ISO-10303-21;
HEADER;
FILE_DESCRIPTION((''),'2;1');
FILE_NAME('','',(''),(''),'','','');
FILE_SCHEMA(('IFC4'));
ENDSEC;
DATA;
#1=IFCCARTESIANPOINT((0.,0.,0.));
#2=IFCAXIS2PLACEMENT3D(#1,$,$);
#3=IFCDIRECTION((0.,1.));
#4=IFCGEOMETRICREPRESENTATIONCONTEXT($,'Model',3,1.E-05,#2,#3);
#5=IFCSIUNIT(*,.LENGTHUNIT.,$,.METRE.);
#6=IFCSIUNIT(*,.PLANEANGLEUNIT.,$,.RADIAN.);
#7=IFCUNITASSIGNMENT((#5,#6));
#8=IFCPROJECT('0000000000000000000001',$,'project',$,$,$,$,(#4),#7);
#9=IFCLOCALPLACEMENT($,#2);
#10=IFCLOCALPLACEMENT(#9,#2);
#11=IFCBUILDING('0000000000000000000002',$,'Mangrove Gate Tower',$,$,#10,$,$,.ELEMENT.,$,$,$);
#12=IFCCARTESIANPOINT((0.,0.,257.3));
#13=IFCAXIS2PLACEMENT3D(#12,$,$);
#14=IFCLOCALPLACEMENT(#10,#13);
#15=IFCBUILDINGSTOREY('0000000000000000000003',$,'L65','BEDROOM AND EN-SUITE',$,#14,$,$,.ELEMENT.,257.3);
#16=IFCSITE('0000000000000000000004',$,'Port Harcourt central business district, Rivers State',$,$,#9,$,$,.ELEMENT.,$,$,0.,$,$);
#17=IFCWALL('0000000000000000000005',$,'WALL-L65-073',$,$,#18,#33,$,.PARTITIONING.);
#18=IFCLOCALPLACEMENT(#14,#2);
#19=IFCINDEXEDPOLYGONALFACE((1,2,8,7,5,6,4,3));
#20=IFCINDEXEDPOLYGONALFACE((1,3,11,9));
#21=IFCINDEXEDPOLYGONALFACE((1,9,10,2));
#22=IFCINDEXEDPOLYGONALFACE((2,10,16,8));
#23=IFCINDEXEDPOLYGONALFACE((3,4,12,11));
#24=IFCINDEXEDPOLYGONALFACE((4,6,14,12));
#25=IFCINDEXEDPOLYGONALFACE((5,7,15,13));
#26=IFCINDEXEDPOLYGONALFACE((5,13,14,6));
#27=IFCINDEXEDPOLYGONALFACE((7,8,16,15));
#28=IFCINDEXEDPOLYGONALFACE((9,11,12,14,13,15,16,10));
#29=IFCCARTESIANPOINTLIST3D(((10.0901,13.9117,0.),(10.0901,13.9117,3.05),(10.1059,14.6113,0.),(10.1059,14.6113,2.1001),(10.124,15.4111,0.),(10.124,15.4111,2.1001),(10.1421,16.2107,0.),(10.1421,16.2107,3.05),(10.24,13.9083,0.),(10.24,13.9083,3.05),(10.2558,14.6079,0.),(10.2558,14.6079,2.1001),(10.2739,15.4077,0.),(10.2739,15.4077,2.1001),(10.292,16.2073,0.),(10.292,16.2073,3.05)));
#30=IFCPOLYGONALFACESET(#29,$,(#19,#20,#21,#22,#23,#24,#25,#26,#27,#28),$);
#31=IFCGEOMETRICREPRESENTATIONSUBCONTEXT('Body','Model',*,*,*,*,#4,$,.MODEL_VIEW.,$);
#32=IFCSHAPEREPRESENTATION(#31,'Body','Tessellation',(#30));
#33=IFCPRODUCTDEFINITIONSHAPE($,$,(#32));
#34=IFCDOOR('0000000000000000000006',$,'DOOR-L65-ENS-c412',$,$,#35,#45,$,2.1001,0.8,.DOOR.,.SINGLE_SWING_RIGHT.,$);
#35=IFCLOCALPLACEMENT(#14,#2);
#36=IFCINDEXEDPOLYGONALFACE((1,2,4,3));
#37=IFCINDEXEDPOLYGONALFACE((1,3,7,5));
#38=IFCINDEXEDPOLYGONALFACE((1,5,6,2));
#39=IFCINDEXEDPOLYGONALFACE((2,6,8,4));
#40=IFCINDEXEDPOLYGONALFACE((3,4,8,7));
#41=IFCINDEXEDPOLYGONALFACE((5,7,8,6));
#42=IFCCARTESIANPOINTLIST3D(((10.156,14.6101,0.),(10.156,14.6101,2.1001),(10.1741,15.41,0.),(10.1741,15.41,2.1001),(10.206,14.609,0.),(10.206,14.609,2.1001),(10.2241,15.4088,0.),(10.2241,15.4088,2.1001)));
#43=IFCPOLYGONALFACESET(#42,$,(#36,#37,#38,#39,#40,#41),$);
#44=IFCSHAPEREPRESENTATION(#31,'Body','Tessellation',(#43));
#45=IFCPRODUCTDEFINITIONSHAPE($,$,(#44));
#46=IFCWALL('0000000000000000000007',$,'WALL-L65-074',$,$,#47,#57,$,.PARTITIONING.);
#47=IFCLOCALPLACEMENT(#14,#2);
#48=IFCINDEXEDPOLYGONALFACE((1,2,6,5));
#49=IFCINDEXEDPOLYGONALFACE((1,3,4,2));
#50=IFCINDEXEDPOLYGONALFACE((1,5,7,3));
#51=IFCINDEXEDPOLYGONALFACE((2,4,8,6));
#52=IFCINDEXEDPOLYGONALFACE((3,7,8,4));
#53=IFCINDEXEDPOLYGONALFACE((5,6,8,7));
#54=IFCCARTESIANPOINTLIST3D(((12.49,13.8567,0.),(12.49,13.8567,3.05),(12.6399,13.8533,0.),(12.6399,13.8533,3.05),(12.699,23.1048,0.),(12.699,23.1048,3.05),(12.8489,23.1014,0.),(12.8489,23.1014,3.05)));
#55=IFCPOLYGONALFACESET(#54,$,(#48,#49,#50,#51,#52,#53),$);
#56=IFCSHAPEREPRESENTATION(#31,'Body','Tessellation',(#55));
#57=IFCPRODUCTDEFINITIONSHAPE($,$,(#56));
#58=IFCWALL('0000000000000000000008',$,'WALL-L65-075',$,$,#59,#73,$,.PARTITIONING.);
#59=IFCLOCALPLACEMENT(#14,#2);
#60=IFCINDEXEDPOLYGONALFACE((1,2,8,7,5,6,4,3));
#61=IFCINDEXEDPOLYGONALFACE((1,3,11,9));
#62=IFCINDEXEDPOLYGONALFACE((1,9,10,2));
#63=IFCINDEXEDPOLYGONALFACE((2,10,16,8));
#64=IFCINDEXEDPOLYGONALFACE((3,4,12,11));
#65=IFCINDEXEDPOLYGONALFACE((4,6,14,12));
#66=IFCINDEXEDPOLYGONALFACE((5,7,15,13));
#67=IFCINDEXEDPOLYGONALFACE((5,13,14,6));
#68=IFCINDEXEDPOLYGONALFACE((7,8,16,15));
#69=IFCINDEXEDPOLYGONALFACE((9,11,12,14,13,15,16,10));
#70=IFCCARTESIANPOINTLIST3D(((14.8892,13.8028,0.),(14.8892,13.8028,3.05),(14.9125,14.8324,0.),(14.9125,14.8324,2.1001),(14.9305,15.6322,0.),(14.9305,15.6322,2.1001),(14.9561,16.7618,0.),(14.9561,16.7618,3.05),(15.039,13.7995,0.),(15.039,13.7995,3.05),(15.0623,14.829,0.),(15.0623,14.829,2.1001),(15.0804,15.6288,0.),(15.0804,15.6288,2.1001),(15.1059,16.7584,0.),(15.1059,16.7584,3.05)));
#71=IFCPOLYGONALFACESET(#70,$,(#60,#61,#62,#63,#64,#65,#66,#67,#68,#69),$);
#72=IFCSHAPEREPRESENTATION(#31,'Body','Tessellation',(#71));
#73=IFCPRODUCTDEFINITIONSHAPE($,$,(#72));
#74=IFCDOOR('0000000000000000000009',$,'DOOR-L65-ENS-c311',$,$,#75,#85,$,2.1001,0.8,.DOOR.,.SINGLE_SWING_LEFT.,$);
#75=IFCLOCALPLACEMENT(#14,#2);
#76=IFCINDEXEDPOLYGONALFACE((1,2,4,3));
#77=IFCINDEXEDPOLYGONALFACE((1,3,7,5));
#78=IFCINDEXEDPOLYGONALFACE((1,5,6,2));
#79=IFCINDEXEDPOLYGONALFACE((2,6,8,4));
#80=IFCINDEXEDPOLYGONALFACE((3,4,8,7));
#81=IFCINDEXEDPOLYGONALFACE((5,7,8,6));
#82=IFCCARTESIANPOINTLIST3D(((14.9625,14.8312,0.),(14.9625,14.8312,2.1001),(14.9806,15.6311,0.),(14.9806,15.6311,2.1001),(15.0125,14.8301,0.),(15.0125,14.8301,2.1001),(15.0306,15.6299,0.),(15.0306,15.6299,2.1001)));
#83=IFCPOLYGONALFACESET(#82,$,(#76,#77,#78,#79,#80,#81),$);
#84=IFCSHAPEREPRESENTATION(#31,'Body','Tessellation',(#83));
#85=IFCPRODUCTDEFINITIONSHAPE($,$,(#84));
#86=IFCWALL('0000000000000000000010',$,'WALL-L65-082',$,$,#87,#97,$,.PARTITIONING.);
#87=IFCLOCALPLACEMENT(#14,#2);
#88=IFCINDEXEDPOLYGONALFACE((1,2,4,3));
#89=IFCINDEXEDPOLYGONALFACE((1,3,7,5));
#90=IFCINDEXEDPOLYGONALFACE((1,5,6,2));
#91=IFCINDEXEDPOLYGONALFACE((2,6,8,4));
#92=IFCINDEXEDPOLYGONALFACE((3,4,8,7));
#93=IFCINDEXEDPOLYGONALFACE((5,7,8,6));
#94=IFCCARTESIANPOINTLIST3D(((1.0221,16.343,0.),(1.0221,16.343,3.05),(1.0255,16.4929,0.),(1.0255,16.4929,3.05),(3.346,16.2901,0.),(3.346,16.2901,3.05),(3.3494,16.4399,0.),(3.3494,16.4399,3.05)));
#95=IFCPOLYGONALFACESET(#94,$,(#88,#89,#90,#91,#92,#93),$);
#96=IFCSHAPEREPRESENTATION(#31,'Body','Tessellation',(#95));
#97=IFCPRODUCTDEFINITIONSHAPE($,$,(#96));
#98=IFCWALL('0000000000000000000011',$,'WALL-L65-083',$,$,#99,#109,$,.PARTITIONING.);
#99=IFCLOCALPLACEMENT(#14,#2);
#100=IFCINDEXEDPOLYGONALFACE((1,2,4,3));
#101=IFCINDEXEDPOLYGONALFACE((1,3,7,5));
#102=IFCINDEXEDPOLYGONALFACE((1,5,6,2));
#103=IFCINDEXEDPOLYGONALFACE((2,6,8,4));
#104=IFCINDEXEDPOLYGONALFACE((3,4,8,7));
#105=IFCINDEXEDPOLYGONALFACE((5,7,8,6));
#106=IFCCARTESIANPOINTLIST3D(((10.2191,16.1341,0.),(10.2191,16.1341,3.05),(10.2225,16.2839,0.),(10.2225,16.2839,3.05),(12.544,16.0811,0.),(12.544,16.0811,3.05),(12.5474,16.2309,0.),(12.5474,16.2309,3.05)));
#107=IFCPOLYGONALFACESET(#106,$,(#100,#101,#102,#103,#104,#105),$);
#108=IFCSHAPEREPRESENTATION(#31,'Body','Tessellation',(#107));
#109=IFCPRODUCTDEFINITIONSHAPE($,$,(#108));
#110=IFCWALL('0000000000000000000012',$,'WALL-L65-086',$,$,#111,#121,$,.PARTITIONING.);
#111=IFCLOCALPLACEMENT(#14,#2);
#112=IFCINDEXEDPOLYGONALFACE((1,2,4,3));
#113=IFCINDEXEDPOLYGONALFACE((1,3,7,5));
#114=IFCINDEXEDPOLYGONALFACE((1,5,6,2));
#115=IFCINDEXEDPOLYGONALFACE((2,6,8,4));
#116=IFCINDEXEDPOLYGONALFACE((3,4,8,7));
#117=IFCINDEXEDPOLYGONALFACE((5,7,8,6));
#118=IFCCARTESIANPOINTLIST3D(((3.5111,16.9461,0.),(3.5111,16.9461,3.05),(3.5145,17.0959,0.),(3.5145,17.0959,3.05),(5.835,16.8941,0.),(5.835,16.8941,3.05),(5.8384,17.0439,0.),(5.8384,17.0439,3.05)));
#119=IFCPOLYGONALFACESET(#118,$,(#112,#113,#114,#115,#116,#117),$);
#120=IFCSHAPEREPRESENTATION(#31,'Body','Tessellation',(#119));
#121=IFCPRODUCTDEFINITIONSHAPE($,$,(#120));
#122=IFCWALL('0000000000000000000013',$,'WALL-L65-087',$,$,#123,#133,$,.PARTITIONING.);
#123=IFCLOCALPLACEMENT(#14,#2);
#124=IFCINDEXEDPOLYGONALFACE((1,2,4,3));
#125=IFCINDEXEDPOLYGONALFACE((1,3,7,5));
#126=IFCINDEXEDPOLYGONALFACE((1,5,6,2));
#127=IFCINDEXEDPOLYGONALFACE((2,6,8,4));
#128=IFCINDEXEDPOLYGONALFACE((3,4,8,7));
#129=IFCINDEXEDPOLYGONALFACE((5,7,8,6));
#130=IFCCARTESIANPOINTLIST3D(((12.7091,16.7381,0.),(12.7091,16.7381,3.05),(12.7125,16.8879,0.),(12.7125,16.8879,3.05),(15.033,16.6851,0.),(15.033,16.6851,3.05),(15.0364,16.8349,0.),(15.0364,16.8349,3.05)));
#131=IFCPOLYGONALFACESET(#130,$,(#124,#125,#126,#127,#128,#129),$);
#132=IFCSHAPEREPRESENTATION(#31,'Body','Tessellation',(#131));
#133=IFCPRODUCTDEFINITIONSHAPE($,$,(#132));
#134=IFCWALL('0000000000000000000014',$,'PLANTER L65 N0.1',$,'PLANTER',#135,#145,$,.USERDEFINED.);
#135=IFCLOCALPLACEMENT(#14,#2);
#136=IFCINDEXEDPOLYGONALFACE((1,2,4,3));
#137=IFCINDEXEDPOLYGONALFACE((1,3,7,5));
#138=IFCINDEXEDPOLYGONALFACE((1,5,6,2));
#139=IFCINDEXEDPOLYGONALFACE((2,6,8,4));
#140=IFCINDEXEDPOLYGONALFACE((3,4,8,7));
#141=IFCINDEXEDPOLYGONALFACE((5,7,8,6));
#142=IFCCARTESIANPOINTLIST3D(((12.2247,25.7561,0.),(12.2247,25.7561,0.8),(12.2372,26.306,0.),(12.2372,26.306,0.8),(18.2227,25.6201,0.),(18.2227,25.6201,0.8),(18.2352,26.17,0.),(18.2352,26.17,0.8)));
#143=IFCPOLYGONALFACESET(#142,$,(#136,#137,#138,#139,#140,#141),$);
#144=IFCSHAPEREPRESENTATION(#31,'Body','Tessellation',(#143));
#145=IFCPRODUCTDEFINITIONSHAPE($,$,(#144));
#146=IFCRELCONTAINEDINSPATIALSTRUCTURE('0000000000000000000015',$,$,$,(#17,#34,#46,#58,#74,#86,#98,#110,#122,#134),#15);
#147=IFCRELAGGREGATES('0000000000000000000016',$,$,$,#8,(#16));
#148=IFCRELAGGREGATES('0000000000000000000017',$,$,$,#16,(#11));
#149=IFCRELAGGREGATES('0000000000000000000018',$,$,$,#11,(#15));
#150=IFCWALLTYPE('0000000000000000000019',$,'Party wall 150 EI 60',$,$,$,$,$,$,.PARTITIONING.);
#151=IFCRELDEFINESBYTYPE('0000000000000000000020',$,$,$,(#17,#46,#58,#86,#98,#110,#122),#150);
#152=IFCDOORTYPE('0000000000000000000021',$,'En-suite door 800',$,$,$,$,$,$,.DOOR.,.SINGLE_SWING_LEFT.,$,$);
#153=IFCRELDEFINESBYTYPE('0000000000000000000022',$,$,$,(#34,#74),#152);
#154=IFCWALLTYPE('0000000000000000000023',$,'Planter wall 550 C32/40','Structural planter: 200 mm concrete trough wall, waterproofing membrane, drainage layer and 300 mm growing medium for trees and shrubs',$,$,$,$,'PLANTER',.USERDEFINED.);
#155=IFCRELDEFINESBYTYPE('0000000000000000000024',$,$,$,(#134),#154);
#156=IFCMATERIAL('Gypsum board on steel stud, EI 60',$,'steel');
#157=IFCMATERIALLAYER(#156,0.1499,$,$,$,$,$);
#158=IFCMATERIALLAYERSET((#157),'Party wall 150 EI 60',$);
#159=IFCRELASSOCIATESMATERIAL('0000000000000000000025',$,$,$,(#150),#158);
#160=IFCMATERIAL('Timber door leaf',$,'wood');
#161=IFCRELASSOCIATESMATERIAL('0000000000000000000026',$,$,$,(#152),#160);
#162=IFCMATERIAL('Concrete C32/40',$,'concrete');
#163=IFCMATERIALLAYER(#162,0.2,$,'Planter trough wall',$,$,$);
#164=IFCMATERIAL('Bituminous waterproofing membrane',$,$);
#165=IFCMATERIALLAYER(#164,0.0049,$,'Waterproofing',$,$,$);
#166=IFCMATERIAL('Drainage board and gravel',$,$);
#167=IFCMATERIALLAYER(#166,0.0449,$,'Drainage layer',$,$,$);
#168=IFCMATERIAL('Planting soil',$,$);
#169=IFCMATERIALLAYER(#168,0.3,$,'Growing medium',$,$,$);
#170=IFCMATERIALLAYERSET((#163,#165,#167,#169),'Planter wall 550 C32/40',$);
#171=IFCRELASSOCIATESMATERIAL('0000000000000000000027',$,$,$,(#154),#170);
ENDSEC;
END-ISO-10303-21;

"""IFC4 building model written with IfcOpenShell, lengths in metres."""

from ifc_helpers import new_model, si_unit, direction, frame, frame_2d, origin, place, context, subcontext, project, spatial, rectangle, extrude, material, layer, layer_set, type_object, element, fill, save


model = new_model("IFC4")

# Units and contexts
model_context = context("Model", 3, precision=1e-05, world=origin(), true_north=direction((0.0, 1.0)))
body_context = subcontext(model_context, "Body", "Model", "MODEL_VIEW")
ifc_project = project(units=[si_unit("LENGTHUNIT", "METRE"), si_unit("PLANEANGLEUNIT", "RADIAN")], contexts=[model_context])

# Site, building, storey
site_placement = place(None, origin())
site = spatial("IfcSite", under=ifc_project, at=site_placement, Name="Port Harcourt central business district, Rivers State", CompositionType="ELEMENT", RefElevation=0.0)
building_placement = place(site_placement, origin())
building = spatial("IfcBuilding", under=site, at=building_placement, Name="Mangrove Gate Tower", CompositionType="ELEMENT")
storey_placement = place(building_placement, frame((0.0, 0.0, 257.3)))
storey = spatial("IfcBuildingStorey", under=building, at=storey_placement, Name="L65", Description="BEDROOM AND EN-SUITE", CompositionType="ELEMENT", Elevation=257.3)

# Shared definitions
ifc_material_1 = material(Name="Gypsum board on steel stud, EI 60", Category="steel")
ifc_layer_1 = layer(ifc_material_1, 0.1499)
ifc_layer_set_1 = layer_set([ifc_layer_1], Name="Party wall 150 EI 60")
wall_type_1 = type_object("IfcWallType", Name="Party wall 150 EI 60", PredefinedType="PARTITIONING", material=ifc_layer_set_1)
ifc_material_2 = material(Name="Timber door leaf", Category="wood")
door_type = type_object("IfcDoorType", Name="En-suite door 800", OperationType="SINGLE_SWING_LEFT", PredefinedType="DOOR", material=ifc_material_2)

# Wall, opening, door
wall_1_placement = place(storey_placement, frame((10.165, 13.9099, 0.0), z_axis=(0.0, 0.0, 1.0), x_axis=(0.022613, 0.999744, 0.0)))
wall_1 = element("IfcWall", 1, at=wall_1_placement, inside=storey, type_object=wall_type_1, Name="WALL-L65-073", PredefinedType="PARTITIONING", context=body_context, shape_type="SweptSolid", body=[
    extrude(rectangle(XDim=2.2996, YDim=0.1499, at=frame_2d((1.1499, 0.0))), origin(), (0.0, 0.0, 1.0), 3.05),
])
opening_1_placement = place(wall_1_placement, frame((0.7, 0.0, 0.0)))
opening_1 = element("IfcOpeningElement", 2, at=opening_1_placement, cuts=wall_1, PredefinedType="OPENING", context=body_context, shape_type="SweptSolid", body=[
    extrude(rectangle(XDim=0.8, YDim=2.1001, at=frame_2d((0.3999, 1.05))), frame((0.0, 0.085, 0.0), z_axis=(0.0, -1.0, 0.0), x_axis=(1.0, 0.0, 0.0)), (0.0, 0.0, 1.0), 0.1699),
])
door_1_placement = place(opening_1_placement, origin())
door_1 = element("IfcDoor", 3, at=door_1_placement, inside=storey, type_object=door_type, Name="DOOR-L65-ENS-c412", OperationType="SINGLE_SWING_RIGHT", OverallHeight=2.1001, OverallWidth=0.8, PredefinedType="DOOR", context=body_context, shape_type="SweptSolid", body=[
    extrude(rectangle(XDim=0.8, YDim=2.1001, at=frame_2d((0.3999, 1.05))), frame((0.0, 0.0249, 0.0), z_axis=(0.0, -1.0, 0.0), x_axis=(1.0, 0.0, 0.0)), (0.0, 0.0, 1.0), 0.05),
])
fill(opening_1, door_1)

# Wall
wall_2_placement = place(storey_placement, frame((12.5649, 13.855, 0.0), z_axis=(0.0, 0.0, 1.0), x_axis=(0.022592, 0.999745, 0.0)))
element("IfcWall", 4, at=wall_2_placement, inside=storey, type_object=wall_type_1, Name="WALL-L65-074", PredefinedType="PARTITIONING", context=body_context, shape_type="SweptSolid", body=[
    extrude(rectangle(XDim=9.2505, YDim=0.1499, at=frame_2d((4.6252, 0.0))), origin(), (0.0, 0.0, 1.0), 3.05),
])

# Wall, opening, door
wall_3_placement = place(storey_placement, frame((14.9641, 13.801, 0.0), z_axis=(0.0, 0.0, 1.0), x_axis=(0.022601, 0.999745, 0.0)))
wall_3 = element("IfcWall", 5, at=wall_3_placement, inside=storey, type_object=wall_type_1, Name="WALL-L65-075", PredefinedType="PARTITIONING", context=body_context, shape_type="SweptSolid", body=[
    extrude(rectangle(XDim=2.9597, YDim=0.1499, at=frame_2d((1.48, 0.0))), origin(), (0.0, 0.0, 1.0), 3.05),
])
opening_2_placement = place(wall_3_placement, frame((1.03, 0.0, 0.0)))
opening_2 = element("IfcOpeningElement", 6, at=opening_2_placement, cuts=wall_3, PredefinedType="OPENING", context=body_context, shape_type="SweptSolid", body=[
    extrude(rectangle(XDim=0.8, YDim=2.1001, at=frame_2d((0.3999, 1.05))), frame((0.0, 0.085, 0.0), z_axis=(0.0, -1.0, 0.0), x_axis=(1.0, 0.0, 0.0)), (0.0, 0.0, 1.0), 0.1699),
])
door_2_placement = place(opening_2_placement, origin())
door_2 = element("IfcDoor", 7, at=door_2_placement, inside=storey, type_object=door_type, Name="DOOR-L65-ENS-c311", OperationType="SINGLE_SWING_LEFT", OverallHeight=2.1001, OverallWidth=0.8, PredefinedType="DOOR", context=body_context, shape_type="SweptSolid", body=[
    extrude(rectangle(XDim=0.8, YDim=2.1001, at=frame_2d((0.3999, 1.05))), frame((0.0, 0.0249, 0.0), z_axis=(0.0, -1.0, 0.0), x_axis=(1.0, 0.0, 0.0)), (0.0, 0.0, 1.0), 0.05),
])
fill(opening_2, door_2)

# Walls
wall_4_placement = place(storey_placement, frame((1.0239, 16.418, 0.0), z_axis=(0.0, 0.0, 1.0), x_axis=(0.99974, -0.022791, 0.0)))
element("IfcWall", 8, at=wall_4_placement, inside=storey, type_object=wall_type_1, Name="WALL-L65-082", PredefinedType="PARTITIONING", context=body_context, shape_type="SweptSolid", body=[
    extrude(rectangle(XDim=2.3245, YDim=0.1499, at=frame_2d((1.1621, 0.0))), origin(), (0.0, 0.0, 1.0), 3.05),
])
wall_5_placement = place(storey_placement, frame((10.2209, 16.209, 0.0), z_axis=(0.0, 0.0, 1.0), x_axis=(0.99974, -0.022781, 0.0)))
element("IfcWall", 9, at=wall_5_placement, inside=storey, type_object=wall_type_1, Name="WALL-L65-083", PredefinedType="PARTITIONING", context=body_context, shape_type="SweptSolid", body=[
    extrude(rectangle(XDim=2.3254, YDim=0.1499, at=frame_2d((1.1626, 0.0))), origin(), (0.0, 0.0, 1.0), 3.05),
])
for number, where, z_axis, x_axis, name in (
    (10, (3.5129, 17.021, 0.0), (0.0, 0.0, 1.0), (0.99975, -0.022371, 0.0), "WALL-L65-086"),
    (11, (12.7109, 16.813, 0.0), (0.0, 0.0, 1.0), (0.99974, -0.022791, 0.0), "WALL-L65-087"),
):
    element("IfcWall", number, at=place(storey_placement, frame(where, z_axis=z_axis, x_axis=x_axis)), inside=storey, type_object=wall_type_1, Name=name, PredefinedType="PARTITIONING", context=body_context, shape_type="SweptSolid", body=[
        extrude(rectangle(XDim=2.3245, YDim=0.1499, at=frame_2d((1.1621, 0.0))), origin(), (0.0, 0.0, 1.0), 3.05),
    ])
ifc_material_3 = material(Name="Concrete C32/40", Category="concrete")
ifc_layer_2 = layer(ifc_material_3, 0.2, Name="Planter trough wall")
ifc_material_4 = material(Name="Bituminous waterproofing membrane")
ifc_layer_3 = layer(ifc_material_4, 0.0049, Name="Waterproofing")
ifc_material_5 = material(Name="Drainage board and gravel")
ifc_layer_4 = layer(ifc_material_5, 0.0449, Name="Drainage layer")
ifc_material_6 = material(Name="Planting soil")
ifc_layer_5 = layer(ifc_material_6, 0.3, Name="Growing medium")
ifc_layer_set_2 = layer_set([ifc_layer_2, ifc_layer_3, ifc_layer_4, ifc_layer_5], Name="Planter wall 550 C32/40")
wall_type_2 = type_object("IfcWallType", Name="Planter wall 550 C32/40", Description="Structural planter: 200 mm concrete trough wall, waterproofing membrane, drainage layer and 300 mm growing medium for trees and shrubs", ElementType="PLANTER", PredefinedType="USERDEFINED", material=ifc_layer_set_2)
wall_6_placement = place(storey_placement, frame((12.231, 26.031, 0.0), z_axis=(0.0, 0.0, 1.0), x_axis=(0.999743, -0.022666, 0.0)))
element("IfcWall", 12, at=wall_6_placement, inside=storey, type_object=wall_type_2, Name="PLANTER L65 N0.1", ObjectType="PLANTER", PredefinedType="USERDEFINED", context=body_context, shape_type="SweptSolid", body=[
    extrude(rectangle(XDim=5.9995, YDim=0.55, at=frame_2d((2.9998, 0.0))), origin(), (0.0, 0.0, 1.0), 0.8),
])

save(model, "model.ifc")
